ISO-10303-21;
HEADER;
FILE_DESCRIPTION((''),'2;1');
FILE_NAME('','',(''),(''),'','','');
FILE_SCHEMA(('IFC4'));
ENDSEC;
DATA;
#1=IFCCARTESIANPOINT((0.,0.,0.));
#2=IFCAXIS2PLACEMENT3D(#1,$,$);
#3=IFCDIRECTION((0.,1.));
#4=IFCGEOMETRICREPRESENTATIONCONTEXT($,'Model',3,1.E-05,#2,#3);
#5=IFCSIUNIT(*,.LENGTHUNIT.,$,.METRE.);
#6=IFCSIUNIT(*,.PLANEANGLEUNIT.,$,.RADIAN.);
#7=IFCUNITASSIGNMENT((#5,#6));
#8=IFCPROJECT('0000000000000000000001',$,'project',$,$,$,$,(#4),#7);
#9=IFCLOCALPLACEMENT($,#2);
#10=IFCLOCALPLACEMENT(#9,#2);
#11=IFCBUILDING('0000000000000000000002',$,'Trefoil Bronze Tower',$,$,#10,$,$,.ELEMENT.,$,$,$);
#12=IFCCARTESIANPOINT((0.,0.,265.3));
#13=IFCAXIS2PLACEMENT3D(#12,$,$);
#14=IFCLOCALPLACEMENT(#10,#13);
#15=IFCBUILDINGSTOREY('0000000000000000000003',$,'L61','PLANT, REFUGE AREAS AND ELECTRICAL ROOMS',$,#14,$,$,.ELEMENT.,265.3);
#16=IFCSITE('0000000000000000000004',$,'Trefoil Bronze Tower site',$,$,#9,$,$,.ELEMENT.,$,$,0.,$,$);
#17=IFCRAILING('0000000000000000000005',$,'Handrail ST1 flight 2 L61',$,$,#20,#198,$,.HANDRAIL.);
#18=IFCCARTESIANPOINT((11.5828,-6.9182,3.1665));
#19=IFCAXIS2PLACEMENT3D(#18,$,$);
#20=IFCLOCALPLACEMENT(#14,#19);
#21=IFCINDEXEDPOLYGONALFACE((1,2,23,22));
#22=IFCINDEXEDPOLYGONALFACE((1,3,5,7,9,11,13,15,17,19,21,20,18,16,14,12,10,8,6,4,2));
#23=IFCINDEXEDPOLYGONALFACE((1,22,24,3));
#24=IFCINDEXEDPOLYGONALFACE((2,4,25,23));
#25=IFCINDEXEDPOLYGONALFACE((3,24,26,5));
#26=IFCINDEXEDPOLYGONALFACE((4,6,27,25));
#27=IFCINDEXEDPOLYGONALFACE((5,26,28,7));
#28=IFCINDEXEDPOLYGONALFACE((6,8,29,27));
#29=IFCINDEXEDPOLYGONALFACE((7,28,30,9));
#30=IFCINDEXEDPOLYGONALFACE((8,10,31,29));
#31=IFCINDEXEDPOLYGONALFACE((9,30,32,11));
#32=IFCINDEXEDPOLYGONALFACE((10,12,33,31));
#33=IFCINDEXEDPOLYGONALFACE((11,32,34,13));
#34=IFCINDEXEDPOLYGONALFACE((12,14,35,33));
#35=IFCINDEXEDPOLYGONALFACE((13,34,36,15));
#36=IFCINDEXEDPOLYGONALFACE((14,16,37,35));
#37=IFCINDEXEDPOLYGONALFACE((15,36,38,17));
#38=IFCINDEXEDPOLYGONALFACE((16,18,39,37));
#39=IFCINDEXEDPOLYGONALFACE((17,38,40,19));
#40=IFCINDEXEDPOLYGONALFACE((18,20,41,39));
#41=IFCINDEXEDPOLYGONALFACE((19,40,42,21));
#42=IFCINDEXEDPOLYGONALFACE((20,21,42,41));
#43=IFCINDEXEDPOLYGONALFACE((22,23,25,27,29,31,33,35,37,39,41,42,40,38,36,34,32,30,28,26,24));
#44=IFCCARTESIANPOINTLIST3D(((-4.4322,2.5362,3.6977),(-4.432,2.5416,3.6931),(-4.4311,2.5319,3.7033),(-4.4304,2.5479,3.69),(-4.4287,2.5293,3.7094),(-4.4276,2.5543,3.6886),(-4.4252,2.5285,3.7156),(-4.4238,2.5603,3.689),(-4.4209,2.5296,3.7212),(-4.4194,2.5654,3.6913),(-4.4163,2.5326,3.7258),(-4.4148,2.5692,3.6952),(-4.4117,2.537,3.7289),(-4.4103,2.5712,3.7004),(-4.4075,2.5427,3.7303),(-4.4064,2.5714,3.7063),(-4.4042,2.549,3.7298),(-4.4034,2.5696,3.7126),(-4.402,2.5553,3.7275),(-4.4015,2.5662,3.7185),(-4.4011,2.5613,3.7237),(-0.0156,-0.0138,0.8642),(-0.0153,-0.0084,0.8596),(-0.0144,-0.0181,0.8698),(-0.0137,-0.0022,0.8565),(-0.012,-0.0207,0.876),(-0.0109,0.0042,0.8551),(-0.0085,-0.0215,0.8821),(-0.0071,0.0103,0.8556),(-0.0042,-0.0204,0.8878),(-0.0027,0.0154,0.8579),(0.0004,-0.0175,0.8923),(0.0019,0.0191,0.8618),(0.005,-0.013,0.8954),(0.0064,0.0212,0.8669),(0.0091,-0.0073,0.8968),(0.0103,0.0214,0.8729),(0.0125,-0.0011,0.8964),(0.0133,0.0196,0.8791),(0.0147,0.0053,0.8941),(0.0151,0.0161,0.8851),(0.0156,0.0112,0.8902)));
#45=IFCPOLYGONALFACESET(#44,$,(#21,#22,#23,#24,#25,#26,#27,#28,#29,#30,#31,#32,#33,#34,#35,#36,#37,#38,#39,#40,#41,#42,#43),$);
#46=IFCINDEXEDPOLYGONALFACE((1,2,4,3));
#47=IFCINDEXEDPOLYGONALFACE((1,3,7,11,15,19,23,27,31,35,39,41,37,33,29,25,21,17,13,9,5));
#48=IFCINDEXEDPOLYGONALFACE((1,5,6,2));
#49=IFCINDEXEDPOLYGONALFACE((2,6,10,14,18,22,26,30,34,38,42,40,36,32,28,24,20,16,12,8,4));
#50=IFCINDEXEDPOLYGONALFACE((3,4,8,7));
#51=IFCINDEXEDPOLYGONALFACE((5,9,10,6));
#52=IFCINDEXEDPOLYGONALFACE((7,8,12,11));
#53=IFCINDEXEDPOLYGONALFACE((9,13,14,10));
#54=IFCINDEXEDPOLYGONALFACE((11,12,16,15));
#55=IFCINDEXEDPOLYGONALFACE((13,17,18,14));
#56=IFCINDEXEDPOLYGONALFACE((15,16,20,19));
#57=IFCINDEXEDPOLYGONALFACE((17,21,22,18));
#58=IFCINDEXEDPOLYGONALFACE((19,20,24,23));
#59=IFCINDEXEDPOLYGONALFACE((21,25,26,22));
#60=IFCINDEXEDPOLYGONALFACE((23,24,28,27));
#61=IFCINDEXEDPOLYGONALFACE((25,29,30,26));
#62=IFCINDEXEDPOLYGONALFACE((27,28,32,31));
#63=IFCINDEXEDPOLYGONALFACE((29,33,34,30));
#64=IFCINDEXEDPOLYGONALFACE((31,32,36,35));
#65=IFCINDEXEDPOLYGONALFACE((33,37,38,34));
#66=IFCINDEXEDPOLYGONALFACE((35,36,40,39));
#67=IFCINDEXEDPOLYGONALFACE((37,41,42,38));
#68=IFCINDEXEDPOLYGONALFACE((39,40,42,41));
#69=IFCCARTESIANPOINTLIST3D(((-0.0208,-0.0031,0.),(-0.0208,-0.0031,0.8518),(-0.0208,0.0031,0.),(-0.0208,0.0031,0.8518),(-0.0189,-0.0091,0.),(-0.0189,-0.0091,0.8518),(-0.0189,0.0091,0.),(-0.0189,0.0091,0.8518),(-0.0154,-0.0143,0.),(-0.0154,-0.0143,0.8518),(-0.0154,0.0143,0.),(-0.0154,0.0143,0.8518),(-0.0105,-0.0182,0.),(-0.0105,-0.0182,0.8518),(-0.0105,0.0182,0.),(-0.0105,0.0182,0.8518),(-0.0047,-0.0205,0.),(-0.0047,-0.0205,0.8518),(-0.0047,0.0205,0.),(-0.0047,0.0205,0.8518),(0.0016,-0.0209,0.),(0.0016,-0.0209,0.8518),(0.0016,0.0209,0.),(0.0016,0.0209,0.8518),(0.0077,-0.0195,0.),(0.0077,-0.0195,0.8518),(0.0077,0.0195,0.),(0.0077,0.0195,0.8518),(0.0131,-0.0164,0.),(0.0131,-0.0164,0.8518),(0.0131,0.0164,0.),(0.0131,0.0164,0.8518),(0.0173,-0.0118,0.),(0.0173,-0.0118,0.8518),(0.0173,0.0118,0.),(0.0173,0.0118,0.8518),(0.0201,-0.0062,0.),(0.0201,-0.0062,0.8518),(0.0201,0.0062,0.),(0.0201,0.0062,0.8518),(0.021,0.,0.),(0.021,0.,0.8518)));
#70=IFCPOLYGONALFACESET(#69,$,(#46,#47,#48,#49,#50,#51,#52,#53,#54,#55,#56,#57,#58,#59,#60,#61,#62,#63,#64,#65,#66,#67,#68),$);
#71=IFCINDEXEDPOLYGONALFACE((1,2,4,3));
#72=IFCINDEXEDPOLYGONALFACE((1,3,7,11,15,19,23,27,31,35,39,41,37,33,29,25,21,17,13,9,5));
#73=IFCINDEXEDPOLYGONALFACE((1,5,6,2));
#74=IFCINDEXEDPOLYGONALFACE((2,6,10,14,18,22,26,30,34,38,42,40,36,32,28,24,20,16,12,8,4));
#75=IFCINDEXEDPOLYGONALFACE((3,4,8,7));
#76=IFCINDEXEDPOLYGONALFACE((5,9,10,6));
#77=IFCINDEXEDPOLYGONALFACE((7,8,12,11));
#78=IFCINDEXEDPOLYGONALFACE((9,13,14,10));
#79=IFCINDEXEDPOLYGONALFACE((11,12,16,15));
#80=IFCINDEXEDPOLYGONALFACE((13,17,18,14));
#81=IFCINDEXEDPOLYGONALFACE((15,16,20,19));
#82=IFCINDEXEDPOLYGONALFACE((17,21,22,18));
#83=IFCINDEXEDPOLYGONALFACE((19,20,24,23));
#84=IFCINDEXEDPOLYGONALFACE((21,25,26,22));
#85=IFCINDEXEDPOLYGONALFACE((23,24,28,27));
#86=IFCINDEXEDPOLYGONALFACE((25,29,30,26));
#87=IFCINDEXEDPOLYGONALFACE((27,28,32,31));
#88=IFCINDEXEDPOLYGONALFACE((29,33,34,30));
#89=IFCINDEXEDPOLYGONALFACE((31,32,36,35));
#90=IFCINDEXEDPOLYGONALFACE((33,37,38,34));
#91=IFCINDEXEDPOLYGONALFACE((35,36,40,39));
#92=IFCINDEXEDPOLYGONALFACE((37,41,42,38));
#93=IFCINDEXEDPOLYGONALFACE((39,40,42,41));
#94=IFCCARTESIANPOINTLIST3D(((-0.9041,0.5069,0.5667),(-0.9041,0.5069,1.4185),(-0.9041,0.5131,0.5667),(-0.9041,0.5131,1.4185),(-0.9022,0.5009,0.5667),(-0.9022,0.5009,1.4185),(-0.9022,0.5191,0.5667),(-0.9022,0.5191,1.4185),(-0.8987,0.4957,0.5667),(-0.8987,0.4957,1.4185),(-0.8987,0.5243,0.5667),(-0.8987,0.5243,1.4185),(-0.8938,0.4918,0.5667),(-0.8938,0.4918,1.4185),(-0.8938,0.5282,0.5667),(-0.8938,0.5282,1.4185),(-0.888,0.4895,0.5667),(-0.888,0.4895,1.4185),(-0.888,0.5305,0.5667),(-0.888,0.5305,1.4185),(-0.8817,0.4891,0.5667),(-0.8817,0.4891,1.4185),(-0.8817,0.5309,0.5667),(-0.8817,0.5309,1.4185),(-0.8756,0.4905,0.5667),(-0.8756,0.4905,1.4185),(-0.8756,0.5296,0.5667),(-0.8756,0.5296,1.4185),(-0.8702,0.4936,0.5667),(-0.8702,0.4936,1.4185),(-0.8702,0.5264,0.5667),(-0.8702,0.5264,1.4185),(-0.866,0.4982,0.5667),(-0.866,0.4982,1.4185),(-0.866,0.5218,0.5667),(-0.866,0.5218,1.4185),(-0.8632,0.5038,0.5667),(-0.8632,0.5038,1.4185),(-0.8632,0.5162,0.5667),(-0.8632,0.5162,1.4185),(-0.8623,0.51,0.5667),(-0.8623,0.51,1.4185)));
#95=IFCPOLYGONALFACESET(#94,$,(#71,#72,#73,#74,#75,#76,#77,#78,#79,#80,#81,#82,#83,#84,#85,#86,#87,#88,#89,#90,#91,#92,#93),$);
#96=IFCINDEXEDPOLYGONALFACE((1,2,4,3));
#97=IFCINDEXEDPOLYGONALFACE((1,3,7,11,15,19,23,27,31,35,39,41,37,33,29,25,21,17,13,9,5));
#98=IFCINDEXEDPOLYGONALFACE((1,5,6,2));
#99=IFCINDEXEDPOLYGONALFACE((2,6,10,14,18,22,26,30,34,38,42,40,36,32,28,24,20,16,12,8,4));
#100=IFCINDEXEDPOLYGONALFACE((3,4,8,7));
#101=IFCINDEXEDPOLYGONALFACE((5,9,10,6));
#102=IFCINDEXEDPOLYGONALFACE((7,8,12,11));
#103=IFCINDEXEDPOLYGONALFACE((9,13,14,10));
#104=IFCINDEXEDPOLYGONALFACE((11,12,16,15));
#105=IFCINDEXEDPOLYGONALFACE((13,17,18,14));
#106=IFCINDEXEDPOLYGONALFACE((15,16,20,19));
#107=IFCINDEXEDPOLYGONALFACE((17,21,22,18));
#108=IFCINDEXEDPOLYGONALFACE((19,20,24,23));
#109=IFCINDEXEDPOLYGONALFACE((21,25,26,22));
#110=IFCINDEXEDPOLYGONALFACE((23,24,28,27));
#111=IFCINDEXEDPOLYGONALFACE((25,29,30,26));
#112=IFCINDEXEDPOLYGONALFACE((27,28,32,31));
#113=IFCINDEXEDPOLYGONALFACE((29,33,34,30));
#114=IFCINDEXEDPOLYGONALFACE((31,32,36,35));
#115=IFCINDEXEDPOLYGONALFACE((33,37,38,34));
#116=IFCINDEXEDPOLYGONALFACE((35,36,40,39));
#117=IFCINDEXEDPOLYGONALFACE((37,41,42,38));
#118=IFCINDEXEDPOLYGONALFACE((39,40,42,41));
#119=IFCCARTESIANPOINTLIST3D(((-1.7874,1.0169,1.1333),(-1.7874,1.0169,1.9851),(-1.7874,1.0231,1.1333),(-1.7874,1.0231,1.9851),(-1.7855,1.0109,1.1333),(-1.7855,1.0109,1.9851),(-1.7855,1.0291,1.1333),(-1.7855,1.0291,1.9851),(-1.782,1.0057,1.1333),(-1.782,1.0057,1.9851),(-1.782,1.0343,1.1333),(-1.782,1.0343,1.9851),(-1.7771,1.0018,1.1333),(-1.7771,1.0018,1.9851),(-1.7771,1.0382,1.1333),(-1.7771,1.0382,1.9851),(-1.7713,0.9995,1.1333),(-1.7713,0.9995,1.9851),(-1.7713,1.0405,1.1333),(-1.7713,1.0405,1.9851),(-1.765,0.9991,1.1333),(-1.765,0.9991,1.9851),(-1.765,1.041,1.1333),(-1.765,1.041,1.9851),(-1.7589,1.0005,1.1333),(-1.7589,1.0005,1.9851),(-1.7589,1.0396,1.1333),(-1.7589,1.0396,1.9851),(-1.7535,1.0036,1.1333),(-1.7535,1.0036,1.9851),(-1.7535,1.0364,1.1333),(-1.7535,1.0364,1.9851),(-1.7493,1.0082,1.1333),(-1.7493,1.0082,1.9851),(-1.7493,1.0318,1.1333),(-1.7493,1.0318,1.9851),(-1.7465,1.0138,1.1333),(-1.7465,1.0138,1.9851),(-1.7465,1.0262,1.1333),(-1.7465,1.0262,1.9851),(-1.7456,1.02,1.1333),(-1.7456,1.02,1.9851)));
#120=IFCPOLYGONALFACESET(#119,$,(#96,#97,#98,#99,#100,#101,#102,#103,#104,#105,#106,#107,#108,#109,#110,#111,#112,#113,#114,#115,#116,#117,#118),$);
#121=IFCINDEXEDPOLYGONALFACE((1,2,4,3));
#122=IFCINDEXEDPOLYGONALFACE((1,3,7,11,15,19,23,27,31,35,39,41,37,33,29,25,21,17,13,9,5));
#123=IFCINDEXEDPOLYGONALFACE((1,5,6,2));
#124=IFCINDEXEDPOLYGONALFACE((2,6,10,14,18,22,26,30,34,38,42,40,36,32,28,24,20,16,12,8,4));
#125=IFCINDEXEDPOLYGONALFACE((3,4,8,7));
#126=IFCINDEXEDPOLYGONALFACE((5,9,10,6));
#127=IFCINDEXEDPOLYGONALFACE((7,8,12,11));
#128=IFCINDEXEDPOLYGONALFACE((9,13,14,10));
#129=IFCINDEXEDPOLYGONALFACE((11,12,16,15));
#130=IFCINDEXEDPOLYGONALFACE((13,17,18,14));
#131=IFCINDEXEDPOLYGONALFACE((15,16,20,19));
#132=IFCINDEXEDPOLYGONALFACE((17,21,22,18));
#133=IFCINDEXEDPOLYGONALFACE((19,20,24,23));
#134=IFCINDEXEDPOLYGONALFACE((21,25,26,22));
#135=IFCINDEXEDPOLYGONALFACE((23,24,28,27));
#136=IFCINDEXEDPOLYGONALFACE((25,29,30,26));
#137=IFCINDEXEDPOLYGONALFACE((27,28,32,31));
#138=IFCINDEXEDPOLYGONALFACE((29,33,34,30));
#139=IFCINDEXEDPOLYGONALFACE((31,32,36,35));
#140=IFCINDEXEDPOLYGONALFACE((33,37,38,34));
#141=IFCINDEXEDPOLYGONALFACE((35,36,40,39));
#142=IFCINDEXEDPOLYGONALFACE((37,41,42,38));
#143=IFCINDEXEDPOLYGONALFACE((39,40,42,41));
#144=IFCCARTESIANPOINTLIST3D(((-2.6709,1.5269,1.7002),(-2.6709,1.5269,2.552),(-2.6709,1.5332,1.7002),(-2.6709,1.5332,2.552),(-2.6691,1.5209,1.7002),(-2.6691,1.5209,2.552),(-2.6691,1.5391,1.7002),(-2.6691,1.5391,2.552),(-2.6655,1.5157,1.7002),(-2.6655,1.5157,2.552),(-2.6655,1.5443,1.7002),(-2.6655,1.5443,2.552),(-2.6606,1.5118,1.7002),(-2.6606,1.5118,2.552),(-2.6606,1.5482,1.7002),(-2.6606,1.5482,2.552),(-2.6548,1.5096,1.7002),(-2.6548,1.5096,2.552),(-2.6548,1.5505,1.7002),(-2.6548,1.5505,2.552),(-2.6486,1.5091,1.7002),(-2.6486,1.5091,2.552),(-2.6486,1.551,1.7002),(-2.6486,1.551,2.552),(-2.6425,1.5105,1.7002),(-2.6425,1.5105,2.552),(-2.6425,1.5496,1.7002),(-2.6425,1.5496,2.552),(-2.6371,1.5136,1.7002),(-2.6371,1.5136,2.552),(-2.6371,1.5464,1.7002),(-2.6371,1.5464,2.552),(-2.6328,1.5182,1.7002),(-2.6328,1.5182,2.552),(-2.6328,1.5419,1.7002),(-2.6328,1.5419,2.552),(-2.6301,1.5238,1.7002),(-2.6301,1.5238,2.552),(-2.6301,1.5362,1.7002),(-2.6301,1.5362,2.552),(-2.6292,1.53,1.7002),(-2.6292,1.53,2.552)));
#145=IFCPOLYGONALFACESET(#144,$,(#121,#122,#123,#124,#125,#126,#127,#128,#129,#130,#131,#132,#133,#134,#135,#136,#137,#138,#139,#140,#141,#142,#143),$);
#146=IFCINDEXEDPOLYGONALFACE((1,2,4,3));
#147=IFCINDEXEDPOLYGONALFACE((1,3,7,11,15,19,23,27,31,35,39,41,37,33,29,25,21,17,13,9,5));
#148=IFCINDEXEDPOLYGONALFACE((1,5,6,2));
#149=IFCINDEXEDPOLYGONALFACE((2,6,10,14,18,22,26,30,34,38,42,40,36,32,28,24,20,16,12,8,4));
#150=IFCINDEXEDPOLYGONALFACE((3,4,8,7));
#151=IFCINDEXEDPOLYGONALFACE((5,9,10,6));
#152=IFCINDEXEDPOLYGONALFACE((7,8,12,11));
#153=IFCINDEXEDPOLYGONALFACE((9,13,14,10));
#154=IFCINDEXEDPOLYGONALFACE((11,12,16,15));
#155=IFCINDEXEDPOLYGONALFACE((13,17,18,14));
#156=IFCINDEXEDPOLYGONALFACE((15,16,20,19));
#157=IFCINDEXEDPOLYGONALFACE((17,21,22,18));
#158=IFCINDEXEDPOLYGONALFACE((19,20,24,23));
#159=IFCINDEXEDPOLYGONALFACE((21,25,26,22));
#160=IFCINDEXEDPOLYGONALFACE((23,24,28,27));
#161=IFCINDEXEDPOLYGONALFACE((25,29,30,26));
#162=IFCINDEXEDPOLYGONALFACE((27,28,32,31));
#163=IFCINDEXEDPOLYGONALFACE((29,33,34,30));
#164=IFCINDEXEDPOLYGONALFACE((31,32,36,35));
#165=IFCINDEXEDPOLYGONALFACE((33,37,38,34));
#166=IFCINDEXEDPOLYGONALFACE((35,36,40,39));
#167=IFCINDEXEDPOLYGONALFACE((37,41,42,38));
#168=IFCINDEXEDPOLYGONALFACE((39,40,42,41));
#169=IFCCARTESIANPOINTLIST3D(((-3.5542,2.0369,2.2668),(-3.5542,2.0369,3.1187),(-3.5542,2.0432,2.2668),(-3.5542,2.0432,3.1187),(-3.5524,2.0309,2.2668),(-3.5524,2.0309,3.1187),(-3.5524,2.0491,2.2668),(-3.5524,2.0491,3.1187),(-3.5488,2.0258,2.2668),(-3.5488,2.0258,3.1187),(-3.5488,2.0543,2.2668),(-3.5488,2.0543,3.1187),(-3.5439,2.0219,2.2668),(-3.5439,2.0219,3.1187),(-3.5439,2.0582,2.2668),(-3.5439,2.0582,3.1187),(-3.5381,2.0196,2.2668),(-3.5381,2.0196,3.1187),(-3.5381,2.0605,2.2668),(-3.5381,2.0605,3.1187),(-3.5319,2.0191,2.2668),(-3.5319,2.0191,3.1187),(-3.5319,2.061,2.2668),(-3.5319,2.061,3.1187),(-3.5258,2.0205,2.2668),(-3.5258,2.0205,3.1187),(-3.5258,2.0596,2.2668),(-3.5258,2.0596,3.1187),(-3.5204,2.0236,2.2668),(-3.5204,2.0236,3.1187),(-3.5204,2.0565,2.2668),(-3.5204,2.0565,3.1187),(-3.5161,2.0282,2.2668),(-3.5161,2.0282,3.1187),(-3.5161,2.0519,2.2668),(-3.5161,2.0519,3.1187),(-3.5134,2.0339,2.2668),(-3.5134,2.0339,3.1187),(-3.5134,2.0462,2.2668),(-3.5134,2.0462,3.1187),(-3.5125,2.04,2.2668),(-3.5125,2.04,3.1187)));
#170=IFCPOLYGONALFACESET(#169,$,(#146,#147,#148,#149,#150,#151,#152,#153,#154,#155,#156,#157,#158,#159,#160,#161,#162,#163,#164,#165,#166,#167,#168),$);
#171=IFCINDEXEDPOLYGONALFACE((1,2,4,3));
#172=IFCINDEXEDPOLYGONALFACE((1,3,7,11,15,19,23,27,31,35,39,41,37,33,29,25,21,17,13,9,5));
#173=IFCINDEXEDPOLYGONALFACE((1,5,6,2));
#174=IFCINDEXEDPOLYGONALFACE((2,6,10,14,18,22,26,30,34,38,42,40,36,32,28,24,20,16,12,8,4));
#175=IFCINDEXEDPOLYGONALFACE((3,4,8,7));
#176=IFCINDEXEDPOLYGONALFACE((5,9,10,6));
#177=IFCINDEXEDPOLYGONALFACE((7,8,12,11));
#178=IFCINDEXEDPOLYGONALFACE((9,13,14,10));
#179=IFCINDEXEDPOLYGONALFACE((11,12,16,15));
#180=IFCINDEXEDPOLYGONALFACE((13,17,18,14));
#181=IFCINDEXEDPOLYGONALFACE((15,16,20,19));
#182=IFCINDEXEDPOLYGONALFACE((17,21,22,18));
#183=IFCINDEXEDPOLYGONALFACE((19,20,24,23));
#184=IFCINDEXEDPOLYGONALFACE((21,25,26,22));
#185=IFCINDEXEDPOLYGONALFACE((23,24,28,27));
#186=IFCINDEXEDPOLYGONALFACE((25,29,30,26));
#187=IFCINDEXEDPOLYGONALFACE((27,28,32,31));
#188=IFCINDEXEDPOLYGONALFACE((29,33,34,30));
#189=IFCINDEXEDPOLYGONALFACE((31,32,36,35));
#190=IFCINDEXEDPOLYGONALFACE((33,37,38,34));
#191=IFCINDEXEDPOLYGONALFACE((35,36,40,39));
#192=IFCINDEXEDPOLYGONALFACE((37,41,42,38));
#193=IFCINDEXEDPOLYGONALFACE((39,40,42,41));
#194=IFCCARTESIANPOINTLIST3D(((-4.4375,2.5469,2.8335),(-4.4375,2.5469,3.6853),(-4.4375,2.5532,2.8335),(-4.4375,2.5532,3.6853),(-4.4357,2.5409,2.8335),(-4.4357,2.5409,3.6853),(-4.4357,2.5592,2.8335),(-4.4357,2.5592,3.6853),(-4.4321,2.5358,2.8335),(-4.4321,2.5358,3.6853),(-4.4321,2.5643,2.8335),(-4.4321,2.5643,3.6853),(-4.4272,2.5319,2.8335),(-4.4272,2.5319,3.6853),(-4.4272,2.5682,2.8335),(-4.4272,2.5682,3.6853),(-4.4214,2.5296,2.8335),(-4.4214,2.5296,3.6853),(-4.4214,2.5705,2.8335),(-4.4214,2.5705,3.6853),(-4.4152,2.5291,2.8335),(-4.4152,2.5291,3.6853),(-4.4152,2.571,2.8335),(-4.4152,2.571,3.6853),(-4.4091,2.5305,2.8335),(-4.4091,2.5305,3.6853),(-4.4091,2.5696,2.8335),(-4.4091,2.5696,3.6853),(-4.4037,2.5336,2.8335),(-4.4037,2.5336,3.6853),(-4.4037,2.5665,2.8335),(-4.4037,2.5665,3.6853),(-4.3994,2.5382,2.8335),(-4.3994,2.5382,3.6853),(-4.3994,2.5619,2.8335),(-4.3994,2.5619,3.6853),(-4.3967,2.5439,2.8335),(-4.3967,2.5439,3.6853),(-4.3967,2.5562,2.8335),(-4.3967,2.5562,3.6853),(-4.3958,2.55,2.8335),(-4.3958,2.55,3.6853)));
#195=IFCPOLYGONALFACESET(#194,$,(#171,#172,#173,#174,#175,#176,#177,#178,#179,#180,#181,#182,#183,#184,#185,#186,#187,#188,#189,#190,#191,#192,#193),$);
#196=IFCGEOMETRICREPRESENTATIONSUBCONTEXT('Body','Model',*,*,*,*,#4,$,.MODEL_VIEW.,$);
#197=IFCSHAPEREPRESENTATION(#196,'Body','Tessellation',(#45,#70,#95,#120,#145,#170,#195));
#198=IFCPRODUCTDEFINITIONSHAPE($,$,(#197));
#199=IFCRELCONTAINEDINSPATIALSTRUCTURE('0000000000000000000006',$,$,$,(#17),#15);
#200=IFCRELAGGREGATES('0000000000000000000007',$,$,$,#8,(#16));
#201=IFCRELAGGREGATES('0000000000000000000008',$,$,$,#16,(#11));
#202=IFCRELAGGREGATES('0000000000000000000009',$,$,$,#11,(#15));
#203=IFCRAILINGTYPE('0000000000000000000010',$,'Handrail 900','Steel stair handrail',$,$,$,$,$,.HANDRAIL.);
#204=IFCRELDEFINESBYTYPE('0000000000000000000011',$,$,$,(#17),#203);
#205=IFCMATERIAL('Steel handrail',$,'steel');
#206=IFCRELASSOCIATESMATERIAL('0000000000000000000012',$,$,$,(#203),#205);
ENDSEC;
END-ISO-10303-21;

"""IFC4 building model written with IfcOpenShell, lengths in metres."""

from ifc_helpers import new_model, si_unit, direction, frame, origin, origin_2d, place, context, subcontext, project, spatial, circle, extrude, material, type_object, element, save


model = new_model("IFC4")

# Units and contexts
model_context = context("Model", 3, precision=1e-05, world=origin(), true_north=direction((0.0, 1.0)))
body_context = subcontext(model_context, "Body", "Model", "MODEL_VIEW")
ifc_project = project(units=[si_unit("LENGTHUNIT", "METRE"), si_unit("PLANEANGLEUNIT", "RADIAN")], contexts=[model_context])

# Site, building, storey
site_placement = place(None, origin())
site = spatial("IfcSite", under=ifc_project, at=site_placement, Name="Trefoil Bronze Tower site", CompositionType="ELEMENT", RefElevation=0.0)
building_placement = place(site_placement, origin())
building = spatial("IfcBuilding", under=site, at=building_placement, Name="Trefoil Bronze Tower", CompositionType="ELEMENT")
storey_placement = place(building_placement, frame((0.0, 0.0, 265.3)))
storey = spatial("IfcBuildingStorey", under=building, at=storey_placement, Name="L61", Description="PLANT, REFUGE AREAS AND ELECTRICAL ROOMS", CompositionType="ELEMENT", Elevation=265.3)

# Railing
ifc_material_1 = material(Name="Steel handrail", Category="steel")
railing_type = type_object("IfcRailingType", Name="Handrail 900", Description="Steel stair handrail", PredefinedType="HANDRAIL", material=ifc_material_1)
railing_placement = place(storey_placement, frame((11.5828, -6.9182, 3.1665)))
element("IfcRailing", 1, at=railing_placement, inside=storey, type_object=railing_type, Name="Handrail ST1 flight 2 L61", PredefinedType="HANDRAIL", context=body_context, shape_type="SweptSolid", body=[
    extrude(circle(Radius=0.0239, at=origin_2d()), frame((0.0, 0.0, 0.876), z_axis=(-0.757031, 0.437078, 0.485661), x_axis=(-0.500006, -0.866022, 0.0)), (0.0, 0.0, 1.0), 5.8342),
    extrude(circle(Radius=0.021, at=origin_2d()), origin(), (0.0, 0.0, 1.0), 0.8518),
    extrude(circle(Radius=0.021, at=origin_2d()), frame((-0.8833, 0.51, 0.5667)), (0.0, 0.0, 1.0), 0.8518),
    extrude(circle(Radius=0.021, at=origin_2d()), frame((-1.7666, 1.02, 1.1333)), (0.0, 0.0, 1.0), 0.8518),
    extrude(circle(Radius=0.021, at=origin_2d()), frame((-2.6501, 1.53, 1.7002)), (0.0, 0.0, 1.0), 0.8518),
    extrude(circle(Radius=0.021, at=origin_2d()), frame((-3.5334, 2.04, 2.2668)), (0.0, 0.0, 1.0), 0.8518),
    extrude(circle(Radius=0.021, at=origin_2d()), frame((-4.4167, 2.55, 2.8335)), (0.0, 0.0, 1.0), 0.8518),
])

save(model, "model.ifc")
